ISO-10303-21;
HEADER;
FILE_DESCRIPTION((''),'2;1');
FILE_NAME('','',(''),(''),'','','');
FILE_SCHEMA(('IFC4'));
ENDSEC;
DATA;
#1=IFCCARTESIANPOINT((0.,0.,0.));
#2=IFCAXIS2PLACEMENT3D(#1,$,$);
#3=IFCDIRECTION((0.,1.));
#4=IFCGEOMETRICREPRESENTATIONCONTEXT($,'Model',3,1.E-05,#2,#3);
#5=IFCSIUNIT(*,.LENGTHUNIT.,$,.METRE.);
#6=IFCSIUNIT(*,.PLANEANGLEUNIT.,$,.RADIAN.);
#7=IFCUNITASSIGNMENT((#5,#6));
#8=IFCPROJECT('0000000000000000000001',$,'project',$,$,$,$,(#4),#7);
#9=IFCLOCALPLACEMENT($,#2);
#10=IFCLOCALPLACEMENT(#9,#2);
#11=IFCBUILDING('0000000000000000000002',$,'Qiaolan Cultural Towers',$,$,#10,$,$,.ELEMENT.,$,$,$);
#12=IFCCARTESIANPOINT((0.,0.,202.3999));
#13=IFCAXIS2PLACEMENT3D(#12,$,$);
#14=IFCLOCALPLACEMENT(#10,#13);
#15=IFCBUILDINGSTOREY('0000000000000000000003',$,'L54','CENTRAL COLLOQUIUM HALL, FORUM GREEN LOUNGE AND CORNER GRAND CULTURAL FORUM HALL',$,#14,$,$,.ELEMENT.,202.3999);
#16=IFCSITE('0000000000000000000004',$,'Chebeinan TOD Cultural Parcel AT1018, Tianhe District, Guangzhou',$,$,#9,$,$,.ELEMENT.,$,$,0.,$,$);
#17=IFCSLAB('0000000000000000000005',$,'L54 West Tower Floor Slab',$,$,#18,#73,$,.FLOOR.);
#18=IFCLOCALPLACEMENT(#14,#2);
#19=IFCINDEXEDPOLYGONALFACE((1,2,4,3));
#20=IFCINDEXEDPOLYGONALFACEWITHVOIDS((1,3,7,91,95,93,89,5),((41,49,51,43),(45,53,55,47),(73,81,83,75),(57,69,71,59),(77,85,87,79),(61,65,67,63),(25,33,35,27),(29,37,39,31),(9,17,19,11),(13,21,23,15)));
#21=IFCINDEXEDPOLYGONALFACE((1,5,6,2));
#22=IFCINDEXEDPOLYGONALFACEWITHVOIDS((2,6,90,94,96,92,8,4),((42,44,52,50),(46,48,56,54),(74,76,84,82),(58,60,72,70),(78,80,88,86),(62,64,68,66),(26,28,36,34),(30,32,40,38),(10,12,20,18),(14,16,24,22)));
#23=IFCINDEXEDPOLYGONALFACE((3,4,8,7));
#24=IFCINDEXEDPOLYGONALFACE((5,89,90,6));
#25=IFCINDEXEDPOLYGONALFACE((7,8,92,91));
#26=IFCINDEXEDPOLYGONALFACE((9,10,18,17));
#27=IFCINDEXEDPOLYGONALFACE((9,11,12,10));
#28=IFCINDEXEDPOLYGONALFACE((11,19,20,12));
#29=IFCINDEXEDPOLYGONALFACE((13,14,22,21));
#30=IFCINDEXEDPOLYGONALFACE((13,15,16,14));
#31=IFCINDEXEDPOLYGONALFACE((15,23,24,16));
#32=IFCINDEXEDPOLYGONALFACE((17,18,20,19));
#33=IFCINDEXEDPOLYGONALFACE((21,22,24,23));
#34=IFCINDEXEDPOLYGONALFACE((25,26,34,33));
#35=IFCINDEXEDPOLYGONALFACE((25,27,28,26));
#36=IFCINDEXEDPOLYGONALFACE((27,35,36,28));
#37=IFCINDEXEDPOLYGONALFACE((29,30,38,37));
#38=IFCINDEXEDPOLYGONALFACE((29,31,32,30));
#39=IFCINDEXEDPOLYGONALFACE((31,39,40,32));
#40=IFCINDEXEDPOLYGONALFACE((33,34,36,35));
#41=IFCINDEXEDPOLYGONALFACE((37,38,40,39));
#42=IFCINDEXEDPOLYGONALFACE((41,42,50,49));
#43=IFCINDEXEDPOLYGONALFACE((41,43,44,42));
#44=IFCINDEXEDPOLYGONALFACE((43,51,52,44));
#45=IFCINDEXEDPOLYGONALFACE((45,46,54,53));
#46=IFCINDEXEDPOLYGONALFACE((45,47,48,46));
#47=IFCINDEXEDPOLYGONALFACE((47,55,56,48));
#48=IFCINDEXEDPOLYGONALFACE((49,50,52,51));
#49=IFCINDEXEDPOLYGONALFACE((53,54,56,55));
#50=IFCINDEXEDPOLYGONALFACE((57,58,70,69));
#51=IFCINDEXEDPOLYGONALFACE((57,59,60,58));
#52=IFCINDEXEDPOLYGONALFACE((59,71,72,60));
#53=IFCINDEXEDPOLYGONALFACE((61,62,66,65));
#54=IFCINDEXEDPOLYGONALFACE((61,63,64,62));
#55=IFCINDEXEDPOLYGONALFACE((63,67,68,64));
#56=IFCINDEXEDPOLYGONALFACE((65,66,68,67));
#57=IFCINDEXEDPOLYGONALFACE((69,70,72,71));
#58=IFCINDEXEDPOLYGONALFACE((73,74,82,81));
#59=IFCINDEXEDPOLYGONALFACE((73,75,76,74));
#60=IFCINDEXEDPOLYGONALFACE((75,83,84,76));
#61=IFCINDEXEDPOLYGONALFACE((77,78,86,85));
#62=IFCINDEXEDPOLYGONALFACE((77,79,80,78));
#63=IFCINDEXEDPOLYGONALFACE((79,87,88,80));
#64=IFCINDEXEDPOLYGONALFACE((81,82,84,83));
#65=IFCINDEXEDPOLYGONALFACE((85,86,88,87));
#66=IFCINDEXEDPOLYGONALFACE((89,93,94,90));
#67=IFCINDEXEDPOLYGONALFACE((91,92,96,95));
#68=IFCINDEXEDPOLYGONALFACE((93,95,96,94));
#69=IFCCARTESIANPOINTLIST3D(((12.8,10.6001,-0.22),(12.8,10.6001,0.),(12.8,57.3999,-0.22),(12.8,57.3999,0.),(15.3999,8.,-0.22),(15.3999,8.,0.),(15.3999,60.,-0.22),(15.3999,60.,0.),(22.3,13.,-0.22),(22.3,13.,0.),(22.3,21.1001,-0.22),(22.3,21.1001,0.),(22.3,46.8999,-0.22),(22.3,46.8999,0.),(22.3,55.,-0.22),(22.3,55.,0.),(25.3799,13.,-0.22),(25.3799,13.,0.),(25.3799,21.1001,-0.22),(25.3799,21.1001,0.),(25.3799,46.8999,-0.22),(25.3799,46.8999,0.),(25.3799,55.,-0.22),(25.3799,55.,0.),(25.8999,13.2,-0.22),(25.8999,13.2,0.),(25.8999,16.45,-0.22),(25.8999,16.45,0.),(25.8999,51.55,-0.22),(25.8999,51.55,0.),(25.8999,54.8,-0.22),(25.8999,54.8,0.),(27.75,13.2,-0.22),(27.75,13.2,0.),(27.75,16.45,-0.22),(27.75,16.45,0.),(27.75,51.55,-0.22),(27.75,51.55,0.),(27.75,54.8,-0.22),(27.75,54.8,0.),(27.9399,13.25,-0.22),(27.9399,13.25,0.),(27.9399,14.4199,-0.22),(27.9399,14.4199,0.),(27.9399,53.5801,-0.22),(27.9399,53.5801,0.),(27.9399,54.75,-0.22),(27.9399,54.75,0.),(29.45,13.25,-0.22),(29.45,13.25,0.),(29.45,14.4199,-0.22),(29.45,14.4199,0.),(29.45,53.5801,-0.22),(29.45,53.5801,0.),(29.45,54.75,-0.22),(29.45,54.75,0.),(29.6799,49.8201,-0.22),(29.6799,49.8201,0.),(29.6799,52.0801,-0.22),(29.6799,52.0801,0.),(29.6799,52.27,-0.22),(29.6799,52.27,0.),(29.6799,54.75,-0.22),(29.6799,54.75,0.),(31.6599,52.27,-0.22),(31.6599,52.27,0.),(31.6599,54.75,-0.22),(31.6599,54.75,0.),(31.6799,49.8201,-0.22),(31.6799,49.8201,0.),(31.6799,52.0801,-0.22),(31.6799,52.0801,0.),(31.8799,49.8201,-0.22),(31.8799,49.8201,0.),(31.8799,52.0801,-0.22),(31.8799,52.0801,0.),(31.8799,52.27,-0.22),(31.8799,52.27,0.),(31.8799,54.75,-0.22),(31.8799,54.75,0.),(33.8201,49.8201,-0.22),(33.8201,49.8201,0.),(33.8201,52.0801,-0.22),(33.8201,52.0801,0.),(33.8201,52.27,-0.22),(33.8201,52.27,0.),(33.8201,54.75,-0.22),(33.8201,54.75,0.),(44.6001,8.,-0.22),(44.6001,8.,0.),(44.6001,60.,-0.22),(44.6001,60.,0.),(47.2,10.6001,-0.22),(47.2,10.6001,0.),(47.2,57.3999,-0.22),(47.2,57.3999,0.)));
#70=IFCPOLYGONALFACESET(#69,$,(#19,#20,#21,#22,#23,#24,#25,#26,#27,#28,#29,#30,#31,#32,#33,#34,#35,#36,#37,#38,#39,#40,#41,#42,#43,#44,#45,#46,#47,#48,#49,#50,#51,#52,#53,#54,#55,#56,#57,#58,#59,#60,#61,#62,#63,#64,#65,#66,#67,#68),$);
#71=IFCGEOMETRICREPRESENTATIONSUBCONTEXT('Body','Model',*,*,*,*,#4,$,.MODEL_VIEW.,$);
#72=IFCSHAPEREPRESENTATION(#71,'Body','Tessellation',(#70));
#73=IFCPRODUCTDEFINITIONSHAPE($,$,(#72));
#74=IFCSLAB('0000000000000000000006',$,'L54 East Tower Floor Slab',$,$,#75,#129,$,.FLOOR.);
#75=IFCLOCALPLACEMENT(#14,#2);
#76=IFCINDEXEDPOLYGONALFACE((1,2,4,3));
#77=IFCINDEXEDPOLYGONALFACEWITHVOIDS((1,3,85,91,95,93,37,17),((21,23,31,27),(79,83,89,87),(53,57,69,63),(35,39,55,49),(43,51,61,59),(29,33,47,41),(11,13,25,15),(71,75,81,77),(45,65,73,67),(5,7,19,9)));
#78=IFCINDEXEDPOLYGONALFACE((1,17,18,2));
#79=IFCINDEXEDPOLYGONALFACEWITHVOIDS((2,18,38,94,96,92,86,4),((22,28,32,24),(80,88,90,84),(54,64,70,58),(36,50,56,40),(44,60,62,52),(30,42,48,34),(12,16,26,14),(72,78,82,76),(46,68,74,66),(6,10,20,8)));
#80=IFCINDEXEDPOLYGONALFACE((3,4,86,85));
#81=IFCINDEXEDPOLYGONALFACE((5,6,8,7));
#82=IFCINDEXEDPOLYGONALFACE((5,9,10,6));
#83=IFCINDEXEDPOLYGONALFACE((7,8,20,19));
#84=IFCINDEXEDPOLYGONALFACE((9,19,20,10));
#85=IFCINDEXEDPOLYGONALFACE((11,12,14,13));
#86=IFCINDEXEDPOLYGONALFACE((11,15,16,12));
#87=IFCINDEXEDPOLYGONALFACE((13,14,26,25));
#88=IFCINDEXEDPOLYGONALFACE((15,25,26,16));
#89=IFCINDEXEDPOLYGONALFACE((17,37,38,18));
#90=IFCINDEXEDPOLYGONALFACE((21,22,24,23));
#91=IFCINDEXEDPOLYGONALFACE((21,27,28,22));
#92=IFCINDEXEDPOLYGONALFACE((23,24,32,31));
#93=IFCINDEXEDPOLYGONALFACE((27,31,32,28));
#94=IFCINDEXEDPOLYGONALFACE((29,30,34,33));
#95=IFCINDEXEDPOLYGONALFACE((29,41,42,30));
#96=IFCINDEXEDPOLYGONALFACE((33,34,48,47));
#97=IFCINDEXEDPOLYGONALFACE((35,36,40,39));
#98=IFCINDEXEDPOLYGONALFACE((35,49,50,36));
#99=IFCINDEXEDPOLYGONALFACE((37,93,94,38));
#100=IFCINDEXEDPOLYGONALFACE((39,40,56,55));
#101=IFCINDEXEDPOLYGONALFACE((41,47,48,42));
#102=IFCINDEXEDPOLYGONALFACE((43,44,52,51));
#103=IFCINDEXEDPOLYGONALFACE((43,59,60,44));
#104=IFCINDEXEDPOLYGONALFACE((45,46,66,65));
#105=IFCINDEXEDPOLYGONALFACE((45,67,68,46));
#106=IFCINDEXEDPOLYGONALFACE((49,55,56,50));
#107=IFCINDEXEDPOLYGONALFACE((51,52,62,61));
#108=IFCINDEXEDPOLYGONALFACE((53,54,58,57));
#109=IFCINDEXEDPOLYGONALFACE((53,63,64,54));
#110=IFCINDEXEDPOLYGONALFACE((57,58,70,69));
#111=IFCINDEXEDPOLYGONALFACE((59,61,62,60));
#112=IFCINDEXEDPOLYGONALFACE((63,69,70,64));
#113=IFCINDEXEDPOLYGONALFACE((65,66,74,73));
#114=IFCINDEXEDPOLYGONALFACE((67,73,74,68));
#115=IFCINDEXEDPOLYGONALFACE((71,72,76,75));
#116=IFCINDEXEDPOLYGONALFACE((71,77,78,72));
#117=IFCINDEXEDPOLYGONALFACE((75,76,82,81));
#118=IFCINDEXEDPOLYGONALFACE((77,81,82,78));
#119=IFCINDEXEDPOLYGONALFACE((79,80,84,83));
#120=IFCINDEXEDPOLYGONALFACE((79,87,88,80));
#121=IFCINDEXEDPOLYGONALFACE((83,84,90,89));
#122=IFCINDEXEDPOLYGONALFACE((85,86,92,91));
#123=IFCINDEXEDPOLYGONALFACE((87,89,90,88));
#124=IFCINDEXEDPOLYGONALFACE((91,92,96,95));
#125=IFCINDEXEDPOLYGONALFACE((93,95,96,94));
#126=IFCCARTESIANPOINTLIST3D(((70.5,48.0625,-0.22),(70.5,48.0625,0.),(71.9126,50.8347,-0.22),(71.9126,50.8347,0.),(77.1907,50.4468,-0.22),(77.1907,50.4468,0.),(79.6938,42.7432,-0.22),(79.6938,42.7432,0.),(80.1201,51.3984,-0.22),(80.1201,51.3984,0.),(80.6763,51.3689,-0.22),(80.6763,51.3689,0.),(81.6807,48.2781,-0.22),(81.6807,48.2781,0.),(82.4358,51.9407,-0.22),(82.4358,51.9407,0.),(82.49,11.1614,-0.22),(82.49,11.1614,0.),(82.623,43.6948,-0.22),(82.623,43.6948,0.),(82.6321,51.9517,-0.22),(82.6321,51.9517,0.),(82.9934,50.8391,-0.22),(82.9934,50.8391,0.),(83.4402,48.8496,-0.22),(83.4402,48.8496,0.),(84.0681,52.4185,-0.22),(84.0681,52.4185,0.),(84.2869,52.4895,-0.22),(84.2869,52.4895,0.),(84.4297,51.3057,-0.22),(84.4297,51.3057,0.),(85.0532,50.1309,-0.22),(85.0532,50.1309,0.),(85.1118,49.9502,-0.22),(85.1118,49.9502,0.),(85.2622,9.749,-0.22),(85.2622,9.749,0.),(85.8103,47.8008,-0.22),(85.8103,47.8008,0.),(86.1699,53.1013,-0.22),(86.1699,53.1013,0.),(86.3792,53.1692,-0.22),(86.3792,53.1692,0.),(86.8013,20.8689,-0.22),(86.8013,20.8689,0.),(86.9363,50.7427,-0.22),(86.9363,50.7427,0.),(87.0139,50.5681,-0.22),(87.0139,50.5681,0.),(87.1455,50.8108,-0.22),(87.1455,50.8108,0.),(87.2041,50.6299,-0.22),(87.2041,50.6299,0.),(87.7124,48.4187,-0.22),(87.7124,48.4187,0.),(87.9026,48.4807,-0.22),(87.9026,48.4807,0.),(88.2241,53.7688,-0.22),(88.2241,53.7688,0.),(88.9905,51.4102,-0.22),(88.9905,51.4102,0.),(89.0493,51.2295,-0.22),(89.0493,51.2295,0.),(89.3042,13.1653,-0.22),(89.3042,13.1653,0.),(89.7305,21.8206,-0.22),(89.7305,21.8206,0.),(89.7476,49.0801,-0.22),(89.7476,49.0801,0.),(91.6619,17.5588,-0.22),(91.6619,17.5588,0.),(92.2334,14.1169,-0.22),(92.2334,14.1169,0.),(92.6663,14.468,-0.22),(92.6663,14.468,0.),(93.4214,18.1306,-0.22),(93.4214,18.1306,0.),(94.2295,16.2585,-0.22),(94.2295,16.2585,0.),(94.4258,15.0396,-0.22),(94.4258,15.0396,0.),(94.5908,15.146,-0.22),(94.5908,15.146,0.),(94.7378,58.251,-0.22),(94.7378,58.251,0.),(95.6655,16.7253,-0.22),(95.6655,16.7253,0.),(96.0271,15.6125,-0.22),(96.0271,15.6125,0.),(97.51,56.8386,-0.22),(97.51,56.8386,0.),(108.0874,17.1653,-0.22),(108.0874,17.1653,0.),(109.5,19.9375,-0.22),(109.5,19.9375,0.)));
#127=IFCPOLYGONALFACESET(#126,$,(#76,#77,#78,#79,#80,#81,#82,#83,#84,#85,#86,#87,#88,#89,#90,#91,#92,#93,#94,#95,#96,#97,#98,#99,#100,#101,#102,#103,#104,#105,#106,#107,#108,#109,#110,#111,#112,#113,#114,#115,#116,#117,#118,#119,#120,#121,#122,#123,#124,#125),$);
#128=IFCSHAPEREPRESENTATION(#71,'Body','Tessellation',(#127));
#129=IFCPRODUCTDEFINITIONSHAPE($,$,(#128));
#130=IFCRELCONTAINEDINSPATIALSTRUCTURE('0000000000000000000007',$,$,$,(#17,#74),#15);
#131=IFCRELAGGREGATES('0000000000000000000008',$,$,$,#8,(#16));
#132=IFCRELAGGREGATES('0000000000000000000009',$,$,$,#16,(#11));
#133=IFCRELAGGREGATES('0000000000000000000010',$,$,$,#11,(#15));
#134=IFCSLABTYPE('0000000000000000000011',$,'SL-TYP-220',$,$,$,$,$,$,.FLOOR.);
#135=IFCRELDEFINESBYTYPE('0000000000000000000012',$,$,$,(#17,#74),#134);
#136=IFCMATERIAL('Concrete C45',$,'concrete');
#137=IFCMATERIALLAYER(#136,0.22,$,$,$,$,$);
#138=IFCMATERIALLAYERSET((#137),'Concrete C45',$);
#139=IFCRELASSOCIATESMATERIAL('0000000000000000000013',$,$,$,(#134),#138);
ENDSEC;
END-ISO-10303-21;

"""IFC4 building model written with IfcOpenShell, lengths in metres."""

from ifc_helpers import new_model, si_unit, direction, frame, origin, place, context, subcontext, project, spatial, polyline, outline, extrude, material, layer, layer_set, type_object, element, save


model = new_model("IFC4")

# Units and contexts
model_context = context("Model", 3, precision=1e-05, world=origin(), true_north=direction((0.0, 1.0)))
body_context = subcontext(model_context, "Body", "Model", "MODEL_VIEW")
ifc_project = project(units=[si_unit("LENGTHUNIT", "METRE"), si_unit("PLANEANGLEUNIT", "RADIAN")], contexts=[model_context])

# Site, building, storey
site_placement = place(None, origin())
site = spatial("IfcSite", under=ifc_project, at=site_placement, Name="Chebeinan TOD Cultural Parcel AT1018, Tianhe District, Guangzhou", CompositionType="ELEMENT", RefElevation=0.0)
building_placement = place(site_placement, origin())
building = spatial("IfcBuilding", under=site, at=building_placement, Name="Qiaolan Cultural Towers", CompositionType="ELEMENT")
storey_placement = place(building_placement, frame((0.0, 0.0, 202.3999)))
storey = spatial("IfcBuildingStorey", under=building, at=storey_placement, Name="L54", Description="CENTRAL COLLOQUIUM HALL, FORUM GREEN LOUNGE AND CORNER GRAND CULTURAL FORUM HALL", CompositionType="ELEMENT", Elevation=202.3999)

# Slabs
ifc_material_1 = material(Name="Concrete C45", Category="concrete")
ifc_layer_1 = layer(ifc_material_1, 0.22)
ifc_layer_set_1 = layer_set([ifc_layer_1], Name="Concrete C45")
slab_type_1 = type_object("IfcSlabType", Name="SL-TYP-220", PredefinedType="FLOOR", material=ifc_layer_set_1)
slab_1_placement = place(storey_placement, frame((0.0, 0.0, -0.22)))
element("IfcSlab", 1, at=slab_1_placement, inside=storey, type_object=slab_type_1, Name="L54 West Tower Floor Slab", PredefinedType="FLOOR", context=body_context, shape_type="SweptSolid", body=[
    extrude(outline(polyline([(15.3999, 8.0), (44.6001, 8.0), (47.2, 10.6001), (47.2, 57.3999), (44.6001, 60.0), (15.3999, 60.0), (12.8, 57.3999), (12.8, 10.6001), (15.3999, 8.0)]), holes=[polyline([(22.3, 21.1001), (22.3, 13.0), (25.3799, 13.0), (25.3799, 21.1001), (22.3, 21.1001)]), polyline([(25.3799, 46.8999), (25.3799, 55.0), (22.3, 55.0), (22.3, 46.8999), (25.3799, 46.8999)]), polyline([(25.8999, 13.2), (27.75, 13.2), (27.75, 16.45), (25.8999, 16.45), (25.8999, 13.2)]), polyline([(27.9399, 13.25), (29.45, 13.25), (29.45, 14.4199), (27.9399, 14.4199), (27.9399, 13.25)]), polyline([(25.8999, 51.55), (27.75, 51.55), (27.75, 54.8), (25.8999, 54.8), (25.8999, 51.55)]), polyline([(27.9399, 53.5801), (29.45, 53.5801), (29.45, 54.75), (27.9399, 54.75), (27.9399, 53.5801)]), polyline([(29.6799, 49.8201), (31.6799, 49.8201), (31.6799, 52.0801), (29.6799, 52.0801), (29.6799, 49.8201)]), polyline([(31.8799, 49.8201), (33.8201, 49.8201), (33.8201, 52.0801), (31.8799, 52.0801), (31.8799, 49.8201)]), polyline([(29.6799, 52.27), (31.6599, 52.27), (31.6599, 54.75), (29.6799, 54.75), (29.6799, 52.27)]), polyline([(31.8799, 52.27), (33.8201, 52.27), (33.8201, 54.75), (31.8799, 54.75), (31.8799, 52.27)])]), origin(), (0.0, 0.0, 1.0), 0.22),
])
slab_2_placement = place(storey_placement, frame((0.0, 0.0, -0.22)))
element("IfcSlab", 2, at=slab_2_placement, inside=storey, type_object=slab_type_1, Name="L54 East Tower Floor Slab", PredefinedType="FLOOR", context=body_context, shape_type="SweptSolid", body=[
    extrude(outline(polyline([(85.2622, 9.749), (108.0874, 17.1653), (109.5, 19.9375), (97.51, 56.8386), (94.7378, 58.251), (71.9126, 50.8347), (70.5, 48.0625), (82.49, 11.1614), (85.2622, 9.749)]), holes=[polyline([(86.8013, 20.8689), (89.3042, 13.1653), (92.2334, 14.1169), (89.7305, 21.8206), (86.8013, 20.8689)]), polyline([(82.623, 43.6948), (80.1201, 51.3984), (77.1907, 50.4468), (79.6938, 42.7432), (82.623, 43.6948)]), polyline([(92.6663, 14.468), (94.4258, 15.0396), (93.4214, 18.1306), (91.6619, 17.5588), (92.6663, 14.468)]), polyline([(94.5908, 15.146), (96.0271, 15.6125), (95.6655, 16.7253), (94.2295, 16.2585), (94.5908, 15.146)]), polyline([(81.6807, 48.2781), (83.4402, 48.8496), (82.4358, 51.9407), (80.6763, 51.3689), (81.6807, 48.2781)]), polyline([(82.9934, 50.8391), (84.4297, 51.3057), (84.0681, 52.4185), (82.6321, 51.9517), (82.9934, 50.8391)]), polyline([(85.8103, 47.8008), (87.7124, 48.4187), (87.0139, 50.5681), (85.1118, 49.9502), (85.8103, 47.8008)]), polyline([(87.9026, 48.4807), (89.7476, 49.0801), (89.0493, 51.2295), (87.2041, 50.6299), (87.9026, 48.4807)]), polyline([(85.0532, 50.1309), (86.9363, 50.7427), (86.1699, 53.1013), (84.2869, 52.4895), (85.0532, 50.1309)]), polyline([(87.1455, 50.8108), (88.9905, 51.4102), (88.2241, 53.7688), (86.3792, 53.1692), (87.1455, 50.8108)])]), origin(), (0.0, 0.0, 1.0), 0.22),
])

save(model, "model.ifc")
